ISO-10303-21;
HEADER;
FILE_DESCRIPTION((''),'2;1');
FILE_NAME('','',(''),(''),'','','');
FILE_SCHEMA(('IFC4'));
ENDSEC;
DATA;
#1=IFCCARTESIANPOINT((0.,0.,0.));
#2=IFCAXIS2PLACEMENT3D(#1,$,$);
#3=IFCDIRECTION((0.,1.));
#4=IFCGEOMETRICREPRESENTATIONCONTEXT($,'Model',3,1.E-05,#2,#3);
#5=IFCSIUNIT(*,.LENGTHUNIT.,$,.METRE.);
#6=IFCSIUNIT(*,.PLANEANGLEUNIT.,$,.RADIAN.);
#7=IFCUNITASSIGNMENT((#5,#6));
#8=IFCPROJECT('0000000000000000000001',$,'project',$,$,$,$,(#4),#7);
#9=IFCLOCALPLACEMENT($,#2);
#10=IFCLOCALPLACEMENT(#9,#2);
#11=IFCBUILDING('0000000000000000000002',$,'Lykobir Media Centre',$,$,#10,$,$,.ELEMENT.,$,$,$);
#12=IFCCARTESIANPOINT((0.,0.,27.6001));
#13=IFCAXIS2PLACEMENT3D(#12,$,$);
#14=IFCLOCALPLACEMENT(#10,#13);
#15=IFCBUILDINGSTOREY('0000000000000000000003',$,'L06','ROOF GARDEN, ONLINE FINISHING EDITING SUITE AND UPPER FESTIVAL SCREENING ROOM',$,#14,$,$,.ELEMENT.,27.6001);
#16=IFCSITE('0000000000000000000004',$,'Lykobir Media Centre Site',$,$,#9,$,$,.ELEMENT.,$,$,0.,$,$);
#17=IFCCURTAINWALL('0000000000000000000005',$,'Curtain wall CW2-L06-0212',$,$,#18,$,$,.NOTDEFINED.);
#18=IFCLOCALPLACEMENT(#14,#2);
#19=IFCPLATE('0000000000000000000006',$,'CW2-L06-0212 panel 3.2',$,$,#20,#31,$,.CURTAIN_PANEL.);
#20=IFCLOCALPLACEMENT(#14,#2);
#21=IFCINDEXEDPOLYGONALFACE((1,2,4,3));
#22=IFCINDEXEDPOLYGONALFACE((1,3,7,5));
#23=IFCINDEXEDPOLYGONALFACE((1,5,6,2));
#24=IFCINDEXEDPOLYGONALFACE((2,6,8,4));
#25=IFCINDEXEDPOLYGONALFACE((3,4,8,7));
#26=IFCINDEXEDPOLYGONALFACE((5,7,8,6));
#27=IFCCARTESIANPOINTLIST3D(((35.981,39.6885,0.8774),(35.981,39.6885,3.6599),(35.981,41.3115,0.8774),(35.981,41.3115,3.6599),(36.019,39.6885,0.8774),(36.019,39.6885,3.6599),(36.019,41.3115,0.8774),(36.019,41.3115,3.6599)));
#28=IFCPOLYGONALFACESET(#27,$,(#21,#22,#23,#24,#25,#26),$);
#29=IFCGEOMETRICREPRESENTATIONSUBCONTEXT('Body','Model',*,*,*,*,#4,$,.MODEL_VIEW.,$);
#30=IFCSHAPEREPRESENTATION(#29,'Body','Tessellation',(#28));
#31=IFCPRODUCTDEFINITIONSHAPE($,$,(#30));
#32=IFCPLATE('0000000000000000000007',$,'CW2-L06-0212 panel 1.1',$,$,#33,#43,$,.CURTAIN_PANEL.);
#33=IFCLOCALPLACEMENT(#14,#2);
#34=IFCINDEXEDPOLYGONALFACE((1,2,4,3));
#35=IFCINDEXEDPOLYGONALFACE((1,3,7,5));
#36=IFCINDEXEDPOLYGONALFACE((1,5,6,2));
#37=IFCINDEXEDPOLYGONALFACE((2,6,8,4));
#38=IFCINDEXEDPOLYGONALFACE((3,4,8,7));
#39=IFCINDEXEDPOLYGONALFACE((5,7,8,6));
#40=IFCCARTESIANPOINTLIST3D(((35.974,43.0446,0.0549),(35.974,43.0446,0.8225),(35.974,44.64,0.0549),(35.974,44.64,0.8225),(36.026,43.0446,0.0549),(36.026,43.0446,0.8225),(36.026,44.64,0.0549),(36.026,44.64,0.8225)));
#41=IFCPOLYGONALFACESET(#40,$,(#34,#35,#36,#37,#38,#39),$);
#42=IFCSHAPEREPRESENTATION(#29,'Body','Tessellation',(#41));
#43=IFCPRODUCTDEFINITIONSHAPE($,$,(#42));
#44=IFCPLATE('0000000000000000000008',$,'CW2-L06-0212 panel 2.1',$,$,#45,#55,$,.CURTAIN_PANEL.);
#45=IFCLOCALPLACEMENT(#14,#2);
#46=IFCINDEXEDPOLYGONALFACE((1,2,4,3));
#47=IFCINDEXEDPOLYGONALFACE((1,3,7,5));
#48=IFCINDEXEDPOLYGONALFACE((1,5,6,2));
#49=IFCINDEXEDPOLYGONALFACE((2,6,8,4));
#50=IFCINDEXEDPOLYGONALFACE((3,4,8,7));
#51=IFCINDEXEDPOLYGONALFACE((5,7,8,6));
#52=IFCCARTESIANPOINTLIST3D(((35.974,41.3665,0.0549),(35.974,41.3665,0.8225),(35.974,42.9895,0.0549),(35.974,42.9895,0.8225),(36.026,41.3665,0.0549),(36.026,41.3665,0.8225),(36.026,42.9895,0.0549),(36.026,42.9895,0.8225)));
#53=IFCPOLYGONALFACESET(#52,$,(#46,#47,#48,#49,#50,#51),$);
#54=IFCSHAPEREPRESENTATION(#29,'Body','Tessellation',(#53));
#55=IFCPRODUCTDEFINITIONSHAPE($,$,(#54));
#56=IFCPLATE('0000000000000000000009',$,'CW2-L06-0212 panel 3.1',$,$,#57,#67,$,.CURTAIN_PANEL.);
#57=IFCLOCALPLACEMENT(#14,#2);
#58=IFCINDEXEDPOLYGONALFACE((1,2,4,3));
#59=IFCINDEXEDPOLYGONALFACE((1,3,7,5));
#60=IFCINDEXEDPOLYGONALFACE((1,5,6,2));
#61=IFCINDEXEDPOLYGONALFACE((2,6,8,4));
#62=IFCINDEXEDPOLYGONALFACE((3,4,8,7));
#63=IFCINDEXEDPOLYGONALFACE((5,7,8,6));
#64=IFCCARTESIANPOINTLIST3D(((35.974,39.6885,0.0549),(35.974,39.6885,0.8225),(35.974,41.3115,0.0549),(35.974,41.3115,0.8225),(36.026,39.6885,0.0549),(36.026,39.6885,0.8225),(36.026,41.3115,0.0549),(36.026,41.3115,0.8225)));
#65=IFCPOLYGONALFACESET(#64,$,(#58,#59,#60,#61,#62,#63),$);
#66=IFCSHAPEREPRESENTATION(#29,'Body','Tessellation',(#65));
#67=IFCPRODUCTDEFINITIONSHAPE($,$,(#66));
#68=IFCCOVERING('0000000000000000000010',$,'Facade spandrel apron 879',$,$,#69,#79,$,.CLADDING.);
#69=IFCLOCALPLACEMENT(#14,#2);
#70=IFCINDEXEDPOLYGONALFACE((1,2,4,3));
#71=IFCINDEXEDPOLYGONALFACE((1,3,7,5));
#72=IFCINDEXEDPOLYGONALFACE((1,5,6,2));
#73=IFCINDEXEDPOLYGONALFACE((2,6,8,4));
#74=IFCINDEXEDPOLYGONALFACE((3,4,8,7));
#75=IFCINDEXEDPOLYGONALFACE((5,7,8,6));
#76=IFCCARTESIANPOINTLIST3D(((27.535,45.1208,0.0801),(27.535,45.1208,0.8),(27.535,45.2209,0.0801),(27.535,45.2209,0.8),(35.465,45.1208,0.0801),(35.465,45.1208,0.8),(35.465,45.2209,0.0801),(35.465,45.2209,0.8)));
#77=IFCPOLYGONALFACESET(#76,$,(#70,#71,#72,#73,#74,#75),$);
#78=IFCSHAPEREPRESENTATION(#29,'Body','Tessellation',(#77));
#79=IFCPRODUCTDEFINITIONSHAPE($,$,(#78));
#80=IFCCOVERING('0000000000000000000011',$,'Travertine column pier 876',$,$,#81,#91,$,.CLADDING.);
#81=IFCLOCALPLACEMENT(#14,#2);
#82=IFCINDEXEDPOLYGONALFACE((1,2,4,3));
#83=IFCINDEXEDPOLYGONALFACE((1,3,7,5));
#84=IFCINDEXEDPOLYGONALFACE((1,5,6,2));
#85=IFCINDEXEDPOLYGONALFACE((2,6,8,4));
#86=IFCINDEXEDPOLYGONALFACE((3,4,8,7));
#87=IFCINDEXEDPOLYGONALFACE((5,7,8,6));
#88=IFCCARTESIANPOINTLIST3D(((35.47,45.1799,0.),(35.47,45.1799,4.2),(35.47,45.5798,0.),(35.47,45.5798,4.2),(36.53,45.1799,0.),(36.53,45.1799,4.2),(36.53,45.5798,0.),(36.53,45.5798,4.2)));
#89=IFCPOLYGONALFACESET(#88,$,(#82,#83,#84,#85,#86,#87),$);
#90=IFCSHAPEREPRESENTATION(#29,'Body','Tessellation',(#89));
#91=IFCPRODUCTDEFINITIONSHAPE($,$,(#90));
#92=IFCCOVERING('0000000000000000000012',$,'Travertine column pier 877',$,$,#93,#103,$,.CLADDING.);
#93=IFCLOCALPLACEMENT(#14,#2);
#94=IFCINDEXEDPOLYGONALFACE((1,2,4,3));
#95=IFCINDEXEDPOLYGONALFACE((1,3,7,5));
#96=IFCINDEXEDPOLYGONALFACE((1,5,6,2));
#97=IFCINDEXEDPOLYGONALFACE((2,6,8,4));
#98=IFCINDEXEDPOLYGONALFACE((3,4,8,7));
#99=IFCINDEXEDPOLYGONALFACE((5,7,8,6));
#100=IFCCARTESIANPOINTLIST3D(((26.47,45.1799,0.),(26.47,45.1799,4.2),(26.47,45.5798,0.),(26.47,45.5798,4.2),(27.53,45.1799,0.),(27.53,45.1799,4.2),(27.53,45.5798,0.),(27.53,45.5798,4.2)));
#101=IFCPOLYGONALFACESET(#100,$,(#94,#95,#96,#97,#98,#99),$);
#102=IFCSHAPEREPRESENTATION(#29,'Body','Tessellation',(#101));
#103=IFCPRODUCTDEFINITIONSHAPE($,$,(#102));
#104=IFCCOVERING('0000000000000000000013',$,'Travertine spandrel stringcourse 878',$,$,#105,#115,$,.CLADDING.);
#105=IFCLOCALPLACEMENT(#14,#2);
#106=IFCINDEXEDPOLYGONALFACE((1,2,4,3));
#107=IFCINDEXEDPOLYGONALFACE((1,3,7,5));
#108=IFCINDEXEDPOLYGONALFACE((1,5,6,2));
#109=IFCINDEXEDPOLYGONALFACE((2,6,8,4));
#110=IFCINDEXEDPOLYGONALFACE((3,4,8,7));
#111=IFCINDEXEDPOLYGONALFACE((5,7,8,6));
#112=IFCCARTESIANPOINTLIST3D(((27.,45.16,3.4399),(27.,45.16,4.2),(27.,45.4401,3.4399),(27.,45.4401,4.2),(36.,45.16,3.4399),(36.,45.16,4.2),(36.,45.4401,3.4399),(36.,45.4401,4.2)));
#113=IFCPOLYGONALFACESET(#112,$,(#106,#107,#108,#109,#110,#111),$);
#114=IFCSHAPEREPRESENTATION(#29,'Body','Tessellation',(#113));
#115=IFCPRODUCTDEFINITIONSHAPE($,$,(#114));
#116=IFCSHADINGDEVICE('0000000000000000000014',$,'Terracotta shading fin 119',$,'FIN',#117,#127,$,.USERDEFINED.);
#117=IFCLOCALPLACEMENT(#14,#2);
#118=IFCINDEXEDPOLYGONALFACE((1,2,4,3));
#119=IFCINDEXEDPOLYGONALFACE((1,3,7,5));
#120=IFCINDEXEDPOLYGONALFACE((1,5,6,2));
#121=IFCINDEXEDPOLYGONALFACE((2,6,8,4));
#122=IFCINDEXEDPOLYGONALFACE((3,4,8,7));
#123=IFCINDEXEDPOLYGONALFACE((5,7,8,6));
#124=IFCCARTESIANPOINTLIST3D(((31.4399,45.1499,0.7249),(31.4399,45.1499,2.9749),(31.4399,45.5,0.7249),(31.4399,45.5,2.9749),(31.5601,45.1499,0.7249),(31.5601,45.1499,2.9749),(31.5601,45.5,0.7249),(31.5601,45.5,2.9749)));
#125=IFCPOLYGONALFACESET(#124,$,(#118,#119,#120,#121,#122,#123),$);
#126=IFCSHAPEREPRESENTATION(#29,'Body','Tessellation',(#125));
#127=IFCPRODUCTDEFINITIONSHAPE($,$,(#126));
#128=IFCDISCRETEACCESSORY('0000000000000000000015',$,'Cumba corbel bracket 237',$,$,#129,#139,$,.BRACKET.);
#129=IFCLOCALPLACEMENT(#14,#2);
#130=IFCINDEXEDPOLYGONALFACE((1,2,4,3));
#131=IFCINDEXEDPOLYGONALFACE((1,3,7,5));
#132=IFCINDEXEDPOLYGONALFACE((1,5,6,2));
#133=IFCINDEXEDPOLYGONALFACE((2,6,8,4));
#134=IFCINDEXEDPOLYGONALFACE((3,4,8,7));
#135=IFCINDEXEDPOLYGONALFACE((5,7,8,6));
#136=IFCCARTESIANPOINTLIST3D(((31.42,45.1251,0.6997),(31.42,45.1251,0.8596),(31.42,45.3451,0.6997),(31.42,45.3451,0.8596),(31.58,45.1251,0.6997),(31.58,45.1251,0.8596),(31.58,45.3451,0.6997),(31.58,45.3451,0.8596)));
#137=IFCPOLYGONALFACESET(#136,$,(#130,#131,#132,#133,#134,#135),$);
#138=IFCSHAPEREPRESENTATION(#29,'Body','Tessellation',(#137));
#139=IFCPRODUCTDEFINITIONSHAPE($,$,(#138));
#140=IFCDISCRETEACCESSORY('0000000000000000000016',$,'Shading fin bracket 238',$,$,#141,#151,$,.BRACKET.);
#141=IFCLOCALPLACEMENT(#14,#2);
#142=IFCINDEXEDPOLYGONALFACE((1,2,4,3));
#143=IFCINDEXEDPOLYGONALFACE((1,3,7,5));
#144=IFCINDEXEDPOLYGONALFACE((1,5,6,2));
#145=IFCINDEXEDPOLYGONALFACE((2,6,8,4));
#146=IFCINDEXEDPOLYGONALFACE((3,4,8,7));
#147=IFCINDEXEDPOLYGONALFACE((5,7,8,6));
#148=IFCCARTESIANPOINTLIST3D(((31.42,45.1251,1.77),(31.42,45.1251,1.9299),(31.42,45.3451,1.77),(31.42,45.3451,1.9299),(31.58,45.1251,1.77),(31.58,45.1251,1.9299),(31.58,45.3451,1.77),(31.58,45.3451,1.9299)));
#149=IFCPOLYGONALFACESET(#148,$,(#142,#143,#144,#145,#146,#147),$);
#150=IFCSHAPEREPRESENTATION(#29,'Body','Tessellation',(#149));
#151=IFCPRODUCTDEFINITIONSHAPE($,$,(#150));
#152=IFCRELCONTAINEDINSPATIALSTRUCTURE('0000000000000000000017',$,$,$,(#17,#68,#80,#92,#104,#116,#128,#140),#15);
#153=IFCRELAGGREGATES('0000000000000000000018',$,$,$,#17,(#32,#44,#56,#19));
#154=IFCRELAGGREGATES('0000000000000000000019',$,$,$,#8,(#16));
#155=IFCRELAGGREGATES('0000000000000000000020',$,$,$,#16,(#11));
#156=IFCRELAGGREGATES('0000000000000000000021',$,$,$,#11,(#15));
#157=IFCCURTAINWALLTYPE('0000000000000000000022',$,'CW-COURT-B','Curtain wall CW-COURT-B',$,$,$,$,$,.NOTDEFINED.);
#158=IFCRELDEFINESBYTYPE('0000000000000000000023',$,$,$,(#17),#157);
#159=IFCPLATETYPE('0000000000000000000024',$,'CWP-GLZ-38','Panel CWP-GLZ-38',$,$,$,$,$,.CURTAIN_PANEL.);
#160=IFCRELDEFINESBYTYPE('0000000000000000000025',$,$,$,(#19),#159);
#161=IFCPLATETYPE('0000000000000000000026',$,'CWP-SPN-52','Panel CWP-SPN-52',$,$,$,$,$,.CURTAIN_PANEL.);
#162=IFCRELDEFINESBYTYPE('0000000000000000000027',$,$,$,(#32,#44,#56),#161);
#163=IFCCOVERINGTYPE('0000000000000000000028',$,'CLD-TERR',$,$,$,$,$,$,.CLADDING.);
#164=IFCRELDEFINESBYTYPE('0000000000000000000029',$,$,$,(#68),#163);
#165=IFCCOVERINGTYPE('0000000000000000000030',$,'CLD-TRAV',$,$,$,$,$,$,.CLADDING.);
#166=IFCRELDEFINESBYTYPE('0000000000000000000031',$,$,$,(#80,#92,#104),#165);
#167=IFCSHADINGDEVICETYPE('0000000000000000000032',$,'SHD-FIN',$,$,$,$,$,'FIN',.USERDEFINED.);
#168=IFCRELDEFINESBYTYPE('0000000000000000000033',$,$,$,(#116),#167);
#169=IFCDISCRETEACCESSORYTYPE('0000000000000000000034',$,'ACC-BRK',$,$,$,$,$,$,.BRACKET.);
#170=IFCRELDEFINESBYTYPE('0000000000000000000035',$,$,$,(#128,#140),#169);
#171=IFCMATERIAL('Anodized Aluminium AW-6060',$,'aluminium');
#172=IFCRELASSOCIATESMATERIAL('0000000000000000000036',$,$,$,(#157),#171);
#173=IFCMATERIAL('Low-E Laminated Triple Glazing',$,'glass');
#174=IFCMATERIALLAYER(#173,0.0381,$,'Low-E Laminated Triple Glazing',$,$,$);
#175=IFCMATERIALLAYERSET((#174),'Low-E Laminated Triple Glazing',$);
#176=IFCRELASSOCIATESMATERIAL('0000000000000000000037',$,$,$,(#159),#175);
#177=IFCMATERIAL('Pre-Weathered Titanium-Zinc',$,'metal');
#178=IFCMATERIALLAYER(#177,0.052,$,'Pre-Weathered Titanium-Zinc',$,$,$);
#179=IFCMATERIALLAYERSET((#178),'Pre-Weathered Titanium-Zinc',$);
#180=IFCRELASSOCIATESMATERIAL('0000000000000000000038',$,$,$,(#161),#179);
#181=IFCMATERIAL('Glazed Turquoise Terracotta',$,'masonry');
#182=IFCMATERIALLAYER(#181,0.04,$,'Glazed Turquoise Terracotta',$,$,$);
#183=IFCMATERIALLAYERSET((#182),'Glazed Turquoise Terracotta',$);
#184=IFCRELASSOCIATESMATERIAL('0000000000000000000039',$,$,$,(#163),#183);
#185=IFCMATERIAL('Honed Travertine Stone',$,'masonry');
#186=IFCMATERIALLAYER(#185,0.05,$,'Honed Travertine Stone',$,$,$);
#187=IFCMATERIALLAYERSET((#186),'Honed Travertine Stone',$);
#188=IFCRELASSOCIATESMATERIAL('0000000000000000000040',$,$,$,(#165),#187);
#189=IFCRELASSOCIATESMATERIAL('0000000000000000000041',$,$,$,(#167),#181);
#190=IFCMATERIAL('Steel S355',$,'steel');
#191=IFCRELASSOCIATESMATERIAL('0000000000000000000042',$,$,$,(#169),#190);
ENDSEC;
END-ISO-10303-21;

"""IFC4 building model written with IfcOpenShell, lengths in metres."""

from ifc_helpers import new_model, si_unit, direction, frame, origin, origin_2d, place, context, subcontext, project, spatial, rectangle, extrude, material, layer, layer_set, type_object, element, aggregate, save


model = new_model("IFC4")

# Units and contexts
model_context = context("Model", 3, precision=1e-05, world=origin(), true_north=direction((0.0, 1.0)))
body_context = subcontext(model_context, "Body", "Model", "MODEL_VIEW")
ifc_project = project(units=[si_unit("LENGTHUNIT", "METRE"), si_unit("PLANEANGLEUNIT", "RADIAN")], contexts=[model_context])

# Site, building, storey
site_placement = place(None, origin())
site = spatial("IfcSite", under=ifc_project, at=site_placement, Name="Lykobir Media Centre Site", CompositionType="ELEMENT", RefElevation=0.0)
building_placement = place(site_placement, origin())
building = spatial("IfcBuilding", under=site, at=building_placement, Name="Lykobir Media Centre", CompositionType="ELEMENT")
storey_placement = place(building_placement, frame((0.0, 0.0, 27.6001)))
storey = spatial("IfcBuildingStorey", under=building, at=storey_placement, Name="L06", Description="ROOF GARDEN, ONLINE FINISHING EDITING SUITE AND UPPER FESTIVAL SCREENING ROOM", CompositionType="ELEMENT", Elevation=27.6001)

# Curtain wall
ifc_material_1 = material(Name="Anodized Aluminium AW-6060", Category="aluminium")
curtain_wall_type = type_object("IfcCurtainWallType", Name="CW-COURT-B", Description="Curtain wall CW-COURT-B", PredefinedType="NOTDEFINED", material=ifc_material_1)
curtain_wall_placement = place(storey_placement, origin())
curtain_wall = element("IfcCurtainWall", 1, at=curtain_wall_placement, inside=storey, type_object=curtain_wall_type, Name="Curtain wall CW2-L06-0212", PredefinedType="NOTDEFINED")

# Shared definitions
ifc_material_2 = material(Name="Steel S355", Category="steel")

# Plates
ifc_material_3 = material(Name="Low-E Laminated Triple Glazing", Category="glass")
ifc_layer_1 = layer(ifc_material_3, 0.0381, Name="Low-E Laminated Triple Glazing")
ifc_layer_set_1 = layer_set([ifc_layer_1], Name="Low-E Laminated Triple Glazing")
plate_type_1 = type_object("IfcPlateType", Name="CWP-GLZ-38", Description="Panel CWP-GLZ-38", PredefinedType="CURTAIN_PANEL", material=ifc_layer_set_1)
plate_1_placement = place(storey_placement, frame((36.0, 40.5, 0.8774), z_axis=(0.0, 0.0, 1.0), x_axis=(0.0, -1.0, 0.0)))
plate_1 = element("IfcPlate", 2, at=plate_1_placement, type_object=plate_type_1, Name="CW2-L06-0212 panel 3.2", PredefinedType="CURTAIN_PANEL", context=body_context, shape_type="SweptSolid", body=[
    extrude(rectangle(XDim=1.623, YDim=0.0381, at=origin_2d()), origin(), (0.0, 0.0, 1.0), 2.7825),
])
ifc_material_4 = material(Name="Pre-Weathered Titanium-Zinc", Category="metal")
ifc_layer_2 = layer(ifc_material_4, 0.052, Name="Pre-Weathered Titanium-Zinc")
ifc_layer_set_2 = layer_set([ifc_layer_2], Name="Pre-Weathered Titanium-Zinc")
plate_type_2 = type_object("IfcPlateType", Name="CWP-SPN-52", Description="Panel CWP-SPN-52", PredefinedType="CURTAIN_PANEL", material=ifc_layer_set_2)
plate_2_placement = place(storey_placement, frame((36.0, 43.8423, 0.0549), z_axis=(0.0, 0.0, 1.0), x_axis=(0.0, -1.0, 0.0)))
plate_2 = element("IfcPlate", 3, at=plate_2_placement, type_object=plate_type_2, Name="CW2-L06-0212 panel 1.1", PredefinedType="CURTAIN_PANEL", context=body_context, shape_type="SweptSolid", body=[
    extrude(rectangle(XDim=1.5955, YDim=0.052, at=origin_2d()), origin(), (0.0, 0.0, 1.0), 0.7676),
])
plate_3_placement = place(storey_placement, frame((36.0, 42.178, 0.0549), z_axis=(0.0, 0.0, 1.0), x_axis=(0.0, -1.0, 0.0)))
plate_3 = element("IfcPlate", 4, at=plate_3_placement, type_object=plate_type_2, Name="CW2-L06-0212 panel 2.1", PredefinedType="CURTAIN_PANEL", context=body_context, shape_type="SweptSolid", body=[
    extrude(rectangle(XDim=1.623, YDim=0.052, at=origin_2d()), origin(), (0.0, 0.0, 1.0), 0.7676),
])
plate_4_placement = place(storey_placement, frame((36.0, 40.5, 0.0549), z_axis=(0.0, 0.0, 1.0), x_axis=(0.0, -1.0, 0.0)))
plate_4 = element("IfcPlate", 5, at=plate_4_placement, type_object=plate_type_2, Name="CW2-L06-0212 panel 3.1", PredefinedType="CURTAIN_PANEL", context=body_context, shape_type="SweptSolid", body=[
    extrude(rectangle(XDim=1.623, YDim=0.052, at=origin_2d()), origin(), (0.0, 0.0, 1.0), 0.7676),
])
aggregate(curtain_wall, [plate_2, plate_3, plate_4, plate_1])

# Shared definitions
ifc_material_5 = material(Name="Glazed Turquoise Terracotta", Category="masonry")

# Coverings
ifc_layer_3 = layer(ifc_material_5, 0.04, Name="Glazed Turquoise Terracotta")
ifc_layer_set_3 = layer_set([ifc_layer_3], Name="Glazed Turquoise Terracotta")
covering_type_1 = type_object("IfcCoveringType", Name="CLD-TERR", PredefinedType="CLADDING", material=ifc_layer_set_3)
covering_1_placement = place(storey_placement, frame((31.5, 45.1709, 0.0801), z_axis=(0.0, 0.0, 1.0), x_axis=(-1.0, 0.0, 0.0)))
element("IfcCovering", 6, at=covering_1_placement, inside=storey, type_object=covering_type_1, Name="Facade spandrel apron 879", PredefinedType="CLADDING", context=body_context, shape_type="SweptSolid", body=[
    extrude(rectangle(XDim=7.9299, YDim=0.1001, at=origin_2d()), origin(), (0.0, 0.0, 1.0), 0.72),
])
ifc_material_6 = material(Name="Honed Travertine Stone", Category="masonry")
ifc_layer_4 = layer(ifc_material_6, 0.05, Name="Honed Travertine Stone")
ifc_layer_set_4 = layer_set([ifc_layer_4], Name="Honed Travertine Stone")
covering_type_2 = type_object("IfcCoveringType", Name="CLD-TRAV", PredefinedType="CLADDING", material=ifc_layer_set_4)
for number, where, z_axis, x_axis, name in (
    (7, (36.0, 45.3799, 0.0), (0.0, 0.0, 1.0), (-1.0, 0.0, 0.0), "Travertine column pier 876"),
    (8, (27.0, 45.3799, 0.0), (0.0, 0.0, 1.0), (-1.0, 0.0, 0.0), "Travertine column pier 877"),
):
    element("IfcCovering", number, at=place(storey_placement, frame(where, z_axis=z_axis, x_axis=x_axis)), inside=storey, type_object=covering_type_2, Name=name, PredefinedType="CLADDING", context=body_context, shape_type="SweptSolid", body=[
        extrude(rectangle(XDim=1.0601, YDim=0.3999, at=origin_2d()), origin(), (0.0, 0.0, 1.0), 4.2),
    ])
covering_2_placement = place(storey_placement, frame((31.5, 45.3, 3.4399), z_axis=(0.0, 0.0, 1.0), x_axis=(-1.0, 0.0, 0.0)))
element("IfcCovering", 9, at=covering_2_placement, inside=storey, type_object=covering_type_2, Name="Travertine spandrel stringcourse 878", PredefinedType="CLADDING", context=body_context, shape_type="SweptSolid", body=[
    extrude(rectangle(XDim=9.0, YDim=0.28, at=origin_2d()), origin(), (0.0, 0.0, 1.0), 0.76),
])

# Shading device
shading_device_type = type_object("IfcShadingDeviceType", Name="SHD-FIN", ElementType="FIN", PredefinedType="USERDEFINED", material=ifc_material_5)
shading_device_placement = place(storey_placement, frame((31.5, 45.325, 0.7249), z_axis=(0.0, 0.0, 1.0), x_axis=(-1.0, 0.0, 0.0)))
element("IfcShadingDevice", 10, at=shading_device_placement, inside=storey, type_object=shading_device_type, Name="Terracotta shading fin 119", ObjectType="FIN", PredefinedType="USERDEFINED", context=body_context, shape_type="SweptSolid", body=[
    extrude(rectangle(XDim=0.1201, YDim=0.3501, at=origin_2d()), origin(), (0.0, 0.0, 1.0), 2.25),
])

# Discrete accessories
discrete_accessory_type = type_object("IfcDiscreteAccessoryType", Name="ACC-BRK", PredefinedType="BRACKET", material=ifc_material_2)
for number, where, z_axis, x_axis, name in (
    (11, (31.5, 45.2351, 0.6997), (0.0, 0.0, 1.0), (-1.0, 0.0, 0.0), "Cumba corbel bracket 237"),
    (12, (31.5, 45.2351, 1.77), (0.0, 0.0, 1.0), (-1.0, 0.0, 0.0), "Shading fin bracket 238"),
):
    element("IfcDiscreteAccessory", number, at=place(storey_placement, frame(where, z_axis=z_axis, x_axis=x_axis)), inside=storey, type_object=discrete_accessory_type, Name=name, PredefinedType="BRACKET", context=body_context, shape_type="SweptSolid", body=[
        extrude(rectangle(XDim=0.1599, YDim=0.22, at=origin_2d()), origin(), (0.0, 0.0, 1.0), 0.1599),
    ])

save(model, "model.ifc")
